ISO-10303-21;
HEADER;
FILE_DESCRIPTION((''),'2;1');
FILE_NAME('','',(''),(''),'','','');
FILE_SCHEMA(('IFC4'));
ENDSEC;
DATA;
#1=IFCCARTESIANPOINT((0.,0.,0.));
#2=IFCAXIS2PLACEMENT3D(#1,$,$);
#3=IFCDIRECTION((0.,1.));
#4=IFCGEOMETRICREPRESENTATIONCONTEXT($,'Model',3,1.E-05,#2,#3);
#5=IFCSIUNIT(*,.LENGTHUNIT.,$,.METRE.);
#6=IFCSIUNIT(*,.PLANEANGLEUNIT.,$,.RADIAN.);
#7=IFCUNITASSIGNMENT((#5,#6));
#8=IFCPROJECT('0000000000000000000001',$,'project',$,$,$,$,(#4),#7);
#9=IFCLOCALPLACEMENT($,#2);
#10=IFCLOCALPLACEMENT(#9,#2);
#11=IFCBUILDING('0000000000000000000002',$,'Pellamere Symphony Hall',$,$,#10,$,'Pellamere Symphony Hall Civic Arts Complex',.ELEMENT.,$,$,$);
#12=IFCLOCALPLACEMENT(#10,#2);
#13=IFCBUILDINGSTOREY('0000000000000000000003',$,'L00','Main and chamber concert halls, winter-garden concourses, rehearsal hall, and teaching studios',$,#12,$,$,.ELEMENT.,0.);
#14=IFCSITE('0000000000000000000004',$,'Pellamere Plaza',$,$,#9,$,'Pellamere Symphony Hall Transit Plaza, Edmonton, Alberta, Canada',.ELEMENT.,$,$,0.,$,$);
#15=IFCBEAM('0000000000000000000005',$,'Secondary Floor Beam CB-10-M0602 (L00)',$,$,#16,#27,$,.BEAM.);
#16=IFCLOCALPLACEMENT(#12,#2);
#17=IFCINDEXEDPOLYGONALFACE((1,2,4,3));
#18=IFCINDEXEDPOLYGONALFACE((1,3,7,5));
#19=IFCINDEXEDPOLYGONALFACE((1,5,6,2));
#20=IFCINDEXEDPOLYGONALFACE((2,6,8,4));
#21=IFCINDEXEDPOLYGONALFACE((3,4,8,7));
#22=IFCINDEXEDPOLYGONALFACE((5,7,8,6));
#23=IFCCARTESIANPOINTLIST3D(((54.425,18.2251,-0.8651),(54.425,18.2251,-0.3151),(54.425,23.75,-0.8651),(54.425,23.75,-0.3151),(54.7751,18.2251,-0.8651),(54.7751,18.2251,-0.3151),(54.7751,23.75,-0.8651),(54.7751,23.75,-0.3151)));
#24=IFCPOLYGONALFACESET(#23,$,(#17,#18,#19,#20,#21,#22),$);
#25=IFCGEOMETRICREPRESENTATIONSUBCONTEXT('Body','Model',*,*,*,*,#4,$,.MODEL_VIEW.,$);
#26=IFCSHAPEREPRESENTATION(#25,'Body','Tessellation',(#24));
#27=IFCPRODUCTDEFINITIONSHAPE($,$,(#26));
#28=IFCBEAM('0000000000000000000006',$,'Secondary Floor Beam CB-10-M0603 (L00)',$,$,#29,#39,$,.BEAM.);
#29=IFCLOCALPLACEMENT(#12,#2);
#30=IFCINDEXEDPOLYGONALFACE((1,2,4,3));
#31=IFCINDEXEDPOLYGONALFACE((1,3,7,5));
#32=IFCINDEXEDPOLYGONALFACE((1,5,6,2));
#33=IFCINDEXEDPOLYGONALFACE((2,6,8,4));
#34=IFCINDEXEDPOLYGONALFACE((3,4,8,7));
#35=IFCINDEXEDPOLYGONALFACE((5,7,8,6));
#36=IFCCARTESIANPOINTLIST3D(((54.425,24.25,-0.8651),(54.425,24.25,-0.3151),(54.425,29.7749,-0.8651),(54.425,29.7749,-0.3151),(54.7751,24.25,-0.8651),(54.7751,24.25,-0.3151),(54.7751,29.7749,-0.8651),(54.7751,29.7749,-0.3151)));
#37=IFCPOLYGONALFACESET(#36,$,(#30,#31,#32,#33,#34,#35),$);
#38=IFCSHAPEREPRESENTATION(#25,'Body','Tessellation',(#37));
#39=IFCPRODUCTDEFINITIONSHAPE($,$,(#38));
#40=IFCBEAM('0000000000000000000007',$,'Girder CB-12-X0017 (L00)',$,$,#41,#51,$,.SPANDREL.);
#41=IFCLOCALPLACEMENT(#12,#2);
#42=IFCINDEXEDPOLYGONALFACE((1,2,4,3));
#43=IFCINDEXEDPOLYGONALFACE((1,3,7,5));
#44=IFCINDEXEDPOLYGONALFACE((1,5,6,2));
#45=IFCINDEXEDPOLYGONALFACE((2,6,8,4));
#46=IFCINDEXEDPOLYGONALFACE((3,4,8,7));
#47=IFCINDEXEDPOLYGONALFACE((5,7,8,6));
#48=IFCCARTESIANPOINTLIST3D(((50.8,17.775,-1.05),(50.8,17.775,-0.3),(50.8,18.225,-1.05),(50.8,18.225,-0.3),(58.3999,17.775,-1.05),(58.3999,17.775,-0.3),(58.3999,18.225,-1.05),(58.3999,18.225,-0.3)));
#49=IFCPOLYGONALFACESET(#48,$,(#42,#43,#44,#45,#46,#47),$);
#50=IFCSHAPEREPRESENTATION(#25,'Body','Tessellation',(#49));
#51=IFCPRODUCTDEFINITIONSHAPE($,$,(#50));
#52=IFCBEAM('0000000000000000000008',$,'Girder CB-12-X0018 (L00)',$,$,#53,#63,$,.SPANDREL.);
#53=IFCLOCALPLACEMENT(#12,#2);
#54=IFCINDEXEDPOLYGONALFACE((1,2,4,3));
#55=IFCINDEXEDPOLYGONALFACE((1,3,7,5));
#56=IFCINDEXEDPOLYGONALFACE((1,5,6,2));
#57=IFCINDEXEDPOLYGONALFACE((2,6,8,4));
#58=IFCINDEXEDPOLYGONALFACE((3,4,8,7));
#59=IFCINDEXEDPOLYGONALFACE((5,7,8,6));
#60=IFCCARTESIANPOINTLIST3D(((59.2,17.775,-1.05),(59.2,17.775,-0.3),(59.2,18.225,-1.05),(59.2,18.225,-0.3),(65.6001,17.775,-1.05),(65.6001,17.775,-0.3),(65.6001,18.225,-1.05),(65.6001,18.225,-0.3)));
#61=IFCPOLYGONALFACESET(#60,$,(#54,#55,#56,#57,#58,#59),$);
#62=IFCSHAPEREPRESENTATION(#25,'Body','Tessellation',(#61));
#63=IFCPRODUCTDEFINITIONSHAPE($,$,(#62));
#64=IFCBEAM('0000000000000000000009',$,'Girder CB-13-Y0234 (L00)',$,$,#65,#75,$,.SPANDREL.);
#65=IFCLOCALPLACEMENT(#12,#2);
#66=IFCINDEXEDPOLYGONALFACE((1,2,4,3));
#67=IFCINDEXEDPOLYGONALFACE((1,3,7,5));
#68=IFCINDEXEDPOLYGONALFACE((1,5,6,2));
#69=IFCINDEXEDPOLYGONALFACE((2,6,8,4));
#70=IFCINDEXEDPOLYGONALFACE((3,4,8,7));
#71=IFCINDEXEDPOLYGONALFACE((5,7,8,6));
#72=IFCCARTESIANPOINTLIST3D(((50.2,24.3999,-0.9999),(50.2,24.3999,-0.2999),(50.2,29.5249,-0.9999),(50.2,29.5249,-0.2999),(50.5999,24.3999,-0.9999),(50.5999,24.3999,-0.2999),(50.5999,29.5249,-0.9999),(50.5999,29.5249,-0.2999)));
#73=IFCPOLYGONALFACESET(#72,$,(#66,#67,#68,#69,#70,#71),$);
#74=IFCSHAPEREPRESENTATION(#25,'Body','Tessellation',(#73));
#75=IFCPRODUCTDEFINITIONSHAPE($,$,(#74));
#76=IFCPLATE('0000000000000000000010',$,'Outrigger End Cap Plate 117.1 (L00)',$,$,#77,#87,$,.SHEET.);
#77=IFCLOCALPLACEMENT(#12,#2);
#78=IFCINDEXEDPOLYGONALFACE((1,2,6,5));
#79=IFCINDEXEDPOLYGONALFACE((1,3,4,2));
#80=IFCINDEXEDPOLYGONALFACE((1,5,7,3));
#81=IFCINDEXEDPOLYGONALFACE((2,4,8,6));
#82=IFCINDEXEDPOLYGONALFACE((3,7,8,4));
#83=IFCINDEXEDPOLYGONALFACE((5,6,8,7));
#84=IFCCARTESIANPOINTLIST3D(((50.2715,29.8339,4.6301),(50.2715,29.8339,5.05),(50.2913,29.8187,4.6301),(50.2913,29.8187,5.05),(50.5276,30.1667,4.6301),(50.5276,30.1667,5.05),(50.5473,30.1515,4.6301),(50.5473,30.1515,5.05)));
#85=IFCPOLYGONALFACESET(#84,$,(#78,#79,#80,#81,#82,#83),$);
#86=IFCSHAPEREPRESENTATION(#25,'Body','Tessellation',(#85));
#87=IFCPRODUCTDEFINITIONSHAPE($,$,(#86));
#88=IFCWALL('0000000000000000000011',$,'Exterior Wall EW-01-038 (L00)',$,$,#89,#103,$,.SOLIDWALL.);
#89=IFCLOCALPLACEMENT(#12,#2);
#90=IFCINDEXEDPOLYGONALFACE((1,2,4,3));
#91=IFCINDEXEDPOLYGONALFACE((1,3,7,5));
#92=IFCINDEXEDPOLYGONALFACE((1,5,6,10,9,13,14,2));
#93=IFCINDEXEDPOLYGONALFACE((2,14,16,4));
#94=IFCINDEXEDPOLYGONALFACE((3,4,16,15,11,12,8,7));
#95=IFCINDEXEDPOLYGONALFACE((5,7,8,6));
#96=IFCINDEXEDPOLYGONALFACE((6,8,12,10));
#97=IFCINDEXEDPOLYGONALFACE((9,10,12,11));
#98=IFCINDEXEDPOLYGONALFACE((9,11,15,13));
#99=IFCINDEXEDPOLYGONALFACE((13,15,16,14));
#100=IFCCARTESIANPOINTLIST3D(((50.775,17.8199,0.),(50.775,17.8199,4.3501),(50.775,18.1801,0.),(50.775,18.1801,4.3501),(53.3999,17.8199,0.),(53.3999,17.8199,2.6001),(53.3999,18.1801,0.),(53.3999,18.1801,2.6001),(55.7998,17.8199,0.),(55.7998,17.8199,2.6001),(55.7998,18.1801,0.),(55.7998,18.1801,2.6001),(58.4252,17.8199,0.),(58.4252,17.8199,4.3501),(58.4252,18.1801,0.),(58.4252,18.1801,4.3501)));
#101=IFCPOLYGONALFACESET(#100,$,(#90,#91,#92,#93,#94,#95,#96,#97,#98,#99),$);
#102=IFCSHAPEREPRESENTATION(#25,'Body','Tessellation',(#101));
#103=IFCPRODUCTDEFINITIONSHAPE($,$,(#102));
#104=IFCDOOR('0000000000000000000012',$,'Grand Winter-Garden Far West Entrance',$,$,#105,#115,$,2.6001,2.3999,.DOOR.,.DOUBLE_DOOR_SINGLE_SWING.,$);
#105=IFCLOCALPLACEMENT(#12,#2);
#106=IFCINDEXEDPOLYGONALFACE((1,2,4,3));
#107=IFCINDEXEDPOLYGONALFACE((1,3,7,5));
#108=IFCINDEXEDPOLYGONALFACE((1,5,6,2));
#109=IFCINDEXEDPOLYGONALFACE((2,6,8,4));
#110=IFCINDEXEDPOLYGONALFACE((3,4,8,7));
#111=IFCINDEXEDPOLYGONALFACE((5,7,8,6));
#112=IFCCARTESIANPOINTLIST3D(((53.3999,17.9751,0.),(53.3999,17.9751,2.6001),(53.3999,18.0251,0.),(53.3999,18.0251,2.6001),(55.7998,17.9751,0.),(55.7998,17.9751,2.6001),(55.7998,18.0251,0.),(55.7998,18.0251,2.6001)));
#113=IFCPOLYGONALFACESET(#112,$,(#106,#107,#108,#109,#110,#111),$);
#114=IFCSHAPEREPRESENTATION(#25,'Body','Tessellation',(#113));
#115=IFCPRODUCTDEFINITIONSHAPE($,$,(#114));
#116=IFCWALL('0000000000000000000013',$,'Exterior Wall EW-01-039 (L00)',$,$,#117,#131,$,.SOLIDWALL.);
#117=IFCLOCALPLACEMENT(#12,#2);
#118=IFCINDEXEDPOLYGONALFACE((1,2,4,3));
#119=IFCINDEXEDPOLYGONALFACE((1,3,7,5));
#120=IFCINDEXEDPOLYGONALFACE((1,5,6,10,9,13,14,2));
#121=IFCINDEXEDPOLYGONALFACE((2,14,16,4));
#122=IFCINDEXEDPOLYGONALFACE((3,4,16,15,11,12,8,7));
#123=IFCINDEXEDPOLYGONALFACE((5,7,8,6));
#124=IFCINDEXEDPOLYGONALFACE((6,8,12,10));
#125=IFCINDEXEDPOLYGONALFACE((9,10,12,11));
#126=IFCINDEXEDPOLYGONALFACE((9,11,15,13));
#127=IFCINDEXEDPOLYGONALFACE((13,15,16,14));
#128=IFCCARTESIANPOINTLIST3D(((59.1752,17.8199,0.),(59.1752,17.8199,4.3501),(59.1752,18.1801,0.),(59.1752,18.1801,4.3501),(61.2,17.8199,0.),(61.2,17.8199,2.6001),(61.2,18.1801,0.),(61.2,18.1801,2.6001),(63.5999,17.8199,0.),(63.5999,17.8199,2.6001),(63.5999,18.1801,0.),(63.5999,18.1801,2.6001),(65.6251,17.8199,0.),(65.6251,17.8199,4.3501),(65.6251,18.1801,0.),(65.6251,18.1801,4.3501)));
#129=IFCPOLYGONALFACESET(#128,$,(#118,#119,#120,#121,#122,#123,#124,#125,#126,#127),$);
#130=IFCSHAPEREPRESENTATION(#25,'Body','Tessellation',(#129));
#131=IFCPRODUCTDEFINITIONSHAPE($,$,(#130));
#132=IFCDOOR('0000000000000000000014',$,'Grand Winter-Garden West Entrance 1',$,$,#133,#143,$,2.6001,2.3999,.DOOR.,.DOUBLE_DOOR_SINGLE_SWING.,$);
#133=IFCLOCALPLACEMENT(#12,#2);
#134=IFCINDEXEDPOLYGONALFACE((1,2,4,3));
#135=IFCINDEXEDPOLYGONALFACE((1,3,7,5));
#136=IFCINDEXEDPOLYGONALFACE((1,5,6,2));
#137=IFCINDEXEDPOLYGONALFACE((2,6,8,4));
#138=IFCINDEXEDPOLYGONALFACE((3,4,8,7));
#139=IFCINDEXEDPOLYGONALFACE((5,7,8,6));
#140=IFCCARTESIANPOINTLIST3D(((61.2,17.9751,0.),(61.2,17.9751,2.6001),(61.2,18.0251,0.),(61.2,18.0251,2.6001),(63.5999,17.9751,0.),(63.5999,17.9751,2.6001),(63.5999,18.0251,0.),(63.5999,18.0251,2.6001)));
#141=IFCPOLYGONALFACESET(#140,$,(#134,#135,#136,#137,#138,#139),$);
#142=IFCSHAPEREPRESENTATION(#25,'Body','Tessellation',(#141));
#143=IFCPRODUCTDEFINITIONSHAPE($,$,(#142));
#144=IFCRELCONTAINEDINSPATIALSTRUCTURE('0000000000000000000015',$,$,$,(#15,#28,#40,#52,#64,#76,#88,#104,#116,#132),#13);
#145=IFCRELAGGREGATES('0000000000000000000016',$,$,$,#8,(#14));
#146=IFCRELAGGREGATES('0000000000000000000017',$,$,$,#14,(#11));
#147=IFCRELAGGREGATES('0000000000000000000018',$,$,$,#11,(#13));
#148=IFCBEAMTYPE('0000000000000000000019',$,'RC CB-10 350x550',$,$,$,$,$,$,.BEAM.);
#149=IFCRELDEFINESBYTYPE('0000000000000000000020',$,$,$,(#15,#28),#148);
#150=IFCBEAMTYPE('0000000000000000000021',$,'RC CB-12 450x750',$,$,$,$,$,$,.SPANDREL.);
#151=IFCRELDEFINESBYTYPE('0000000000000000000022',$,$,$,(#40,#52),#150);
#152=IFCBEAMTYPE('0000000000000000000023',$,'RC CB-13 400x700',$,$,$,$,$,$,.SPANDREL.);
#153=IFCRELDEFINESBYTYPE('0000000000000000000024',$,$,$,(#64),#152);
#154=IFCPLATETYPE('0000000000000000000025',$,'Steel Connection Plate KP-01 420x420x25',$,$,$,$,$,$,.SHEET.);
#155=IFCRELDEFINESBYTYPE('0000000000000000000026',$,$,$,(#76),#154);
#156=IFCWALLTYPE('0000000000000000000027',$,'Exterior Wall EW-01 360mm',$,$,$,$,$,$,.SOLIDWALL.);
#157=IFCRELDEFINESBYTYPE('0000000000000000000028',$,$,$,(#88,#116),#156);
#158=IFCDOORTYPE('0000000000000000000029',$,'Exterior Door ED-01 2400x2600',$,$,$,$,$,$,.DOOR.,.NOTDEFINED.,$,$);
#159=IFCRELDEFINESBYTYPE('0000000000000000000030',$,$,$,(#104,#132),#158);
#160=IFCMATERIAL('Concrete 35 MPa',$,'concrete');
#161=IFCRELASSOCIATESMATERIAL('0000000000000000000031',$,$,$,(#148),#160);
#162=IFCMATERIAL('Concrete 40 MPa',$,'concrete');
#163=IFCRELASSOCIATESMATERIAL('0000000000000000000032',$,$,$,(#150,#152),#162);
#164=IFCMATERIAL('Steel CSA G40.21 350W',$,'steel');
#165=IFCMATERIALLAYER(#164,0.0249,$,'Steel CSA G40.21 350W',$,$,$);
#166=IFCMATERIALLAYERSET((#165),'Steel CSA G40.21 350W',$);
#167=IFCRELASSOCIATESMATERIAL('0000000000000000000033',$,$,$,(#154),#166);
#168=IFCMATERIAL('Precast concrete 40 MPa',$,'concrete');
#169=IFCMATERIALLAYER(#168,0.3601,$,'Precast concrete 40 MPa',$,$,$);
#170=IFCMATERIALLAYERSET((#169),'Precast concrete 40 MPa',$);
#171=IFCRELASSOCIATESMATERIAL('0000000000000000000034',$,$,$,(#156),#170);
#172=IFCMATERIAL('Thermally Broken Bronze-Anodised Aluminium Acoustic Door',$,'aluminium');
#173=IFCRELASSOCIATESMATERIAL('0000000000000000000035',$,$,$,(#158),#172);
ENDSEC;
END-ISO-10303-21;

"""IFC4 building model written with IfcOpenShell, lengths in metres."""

from ifc_helpers import new_model, si_unit, direction, frame, frame_2d, origin, origin_2d, place, context, subcontext, project, spatial, rectangle, extrude, material, layer, layer_set, material_profile, profile_set, type_object, element, fill, save


model = new_model("IFC4")

# Units and contexts
model_context = context("Model", 3, precision=1e-05, world=origin(), true_north=direction((0.0, 1.0)))
body_context = subcontext(model_context, "Body", "Model", "MODEL_VIEW")
ifc_project = project(units=[si_unit("LENGTHUNIT", "METRE"), si_unit("PLANEANGLEUNIT", "RADIAN")], contexts=[model_context])

# Site, building, storey
site_placement = place(None, origin())
site = spatial("IfcSite", under=ifc_project, at=site_placement, Name="Pellamere Plaza", LongName="Pellamere Symphony Hall Transit Plaza, Edmonton, Alberta, Canada", CompositionType="ELEMENT", RefElevation=0.0)
building_placement = place(site_placement, origin())
building = spatial("IfcBuilding", under=site, at=building_placement, Name="Pellamere Symphony Hall", LongName="Pellamere Symphony Hall Civic Arts Complex", CompositionType="ELEMENT")
storey_placement = place(building_placement, origin())
storey = spatial("IfcBuildingStorey", under=building, at=storey_placement, Name="L00", Description="Main and chamber concert halls, winter-garden concourses, rehearsal hall, and teaching studios", CompositionType="ELEMENT", Elevation=0.0)

# Shared definitions
ifc_material_1 = material(Name="Concrete 40 MPa", Category="concrete")

# Beams
ifc_material_2 = material(Name="Concrete 35 MPa", Category="concrete")
ifc_material_profile_1 = material_profile(ifc_material_2, rectangle(XDim=0.3501, YDim=0.55, at=origin_2d()), Name="RC 350x550")
ifc_profile_set_1 = profile_set([ifc_material_profile_1], Name="Concrete 35 MPa")
beam_type_1 = type_object("IfcBeamType", Name="RC CB-10 350x550", PredefinedType="BEAM", material=ifc_profile_set_1)
for number, where, z_axis, x_axis, name in (
    (1, (54.6001, 18.2251, -0.5901), (0.0, 1.0, 0.0), (-1.0, 0.0, 0.0), "Secondary Floor Beam CB-10-M0602 (L00)"),
    (2, (54.6001, 24.25, -0.5901), (0.0, 1.0, 0.0), (-1.0, 0.0, 0.0), "Secondary Floor Beam CB-10-M0603 (L00)"),
):
    element("IfcBeam", number, at=place(storey_placement, frame(where, z_axis=z_axis, x_axis=x_axis)), inside=storey, type_object=beam_type_1, Name=name, PredefinedType="BEAM", context=body_context, shape_type="SweptSolid", body=[
        extrude(rectangle(XDim=0.3501, YDim=0.55, at=origin_2d()), origin(), (0.0, 0.0, 1.0), 5.5249),
    ])
ifc_material_profile_2 = material_profile(ifc_material_1, rectangle(XDim=0.45, YDim=0.75, at=origin_2d()), Name="RC 450x750")
ifc_profile_set_2 = profile_set([ifc_material_profile_2], Name="Concrete 40 MPa")
beam_type_2 = type_object("IfcBeamType", Name="RC CB-12 450x750", PredefinedType="SPANDREL", material=ifc_profile_set_2)
beam_1_placement = place(storey_placement, frame((50.8, 18.0, -0.675), z_axis=(1.0, 0.0, 0.0), x_axis=(0.0, 1.0, 0.0)))
element("IfcBeam", 3, at=beam_1_placement, inside=storey, type_object=beam_type_2, Name="Girder CB-12-X0017 (L00)", PredefinedType="SPANDREL", context=body_context, shape_type="SweptSolid", body=[
    extrude(rectangle(XDim=0.45, YDim=0.75, at=origin_2d()), origin(), (0.0, 0.0, 1.0), 7.5999),
])
beam_2_placement = place(storey_placement, frame((59.2, 18.0, -0.675), z_axis=(1.0, 0.0, 0.0), x_axis=(0.0, 1.0, 0.0)))
element("IfcBeam", 4, at=beam_2_placement, inside=storey, type_object=beam_type_2, Name="Girder CB-12-X0018 (L00)", PredefinedType="SPANDREL", context=body_context, shape_type="SweptSolid", body=[
    extrude(rectangle(XDim=0.45, YDim=0.75, at=origin_2d()), origin(), (0.0, 0.0, 1.0), 6.4001),
])
ifc_material_profile_3 = material_profile(ifc_material_1, rectangle(XDim=0.3999, YDim=0.7, at=origin_2d()), Name="RC 400x700")
ifc_profile_set_3 = profile_set([ifc_material_profile_3], Name="Concrete 40 MPa")
beam_type_3 = type_object("IfcBeamType", Name="RC CB-13 400x700", PredefinedType="SPANDREL", material=ifc_profile_set_3)
beam_3_placement = place(storey_placement, frame((50.3999, 24.3999, -0.6499), z_axis=(0.0, 1.0, 0.0), x_axis=(-1.0, 0.0, 0.0)))
element("IfcBeam", 5, at=beam_3_placement, inside=storey, type_object=beam_type_3, Name="Girder CB-13-Y0234 (L00)", PredefinedType="SPANDREL", context=body_context, shape_type="SweptSolid", body=[
    extrude(rectangle(XDim=0.3999, YDim=0.7, at=origin_2d()), origin(), (0.0, 0.0, 1.0), 5.125),
])

# Plate
ifc_material_3 = material(Name="Steel CSA G40.21 350W", Category="steel")
ifc_layer_1 = layer(ifc_material_3, 0.0249, Name="Steel CSA G40.21 350W")
ifc_layer_set_1 = layer_set([ifc_layer_1], Name="Steel CSA G40.21 350W")
plate_type = type_object("IfcPlateType", Name="Steel Connection Plate KP-01 420x420x25", PredefinedType="SHEET", material=ifc_layer_set_1)
plate_placement = place(storey_placement, frame((50.4094, 29.9927, 4.6301), z_axis=(0.0, 0.0, 1.0), x_axis=(-0.792609, 0.60973, 0.0)))
element("IfcPlate", 6, at=plate_placement, inside=storey, type_object=plate_type, Name="Outrigger End Cap Plate 117.1 (L00)", PredefinedType="SHEET", context=body_context, shape_type="SweptSolid", body=[
    extrude(rectangle(XDim=0.0249, YDim=0.4199, at=origin_2d()), origin(), (0.0, 0.0, 1.0), 0.4199),
])

# Walls, openings, doors
ifc_material_4 = material(Name="Precast concrete 40 MPa", Category="concrete")
ifc_layer_2 = layer(ifc_material_4, 0.3601, Name="Precast concrete 40 MPa")
ifc_layer_set_2 = layer_set([ifc_layer_2], Name="Precast concrete 40 MPa")
wall_type = type_object("IfcWallType", Name="Exterior Wall EW-01 360mm", PredefinedType="SOLIDWALL", material=ifc_layer_set_2)
wall_1_placement = place(storey_placement, frame((50.7749, 18.0, 0.0), z_axis=(0.0, 0.0, 1.0), x_axis=(1.0, 0.0, 0.0)))
wall_1 = element("IfcWall", 7, at=wall_1_placement, inside=storey, type_object=wall_type, Name="Exterior Wall EW-01-038 (L00)", PredefinedType="SOLIDWALL", context=body_context, shape_type="SweptSolid", body=[
    extrude(rectangle(XDim=7.6501, YDim=0.3601, at=frame_2d((3.8252, 0.0))), origin(), (0.0, 0.0, 1.0), 4.3501),
])
opening_1_placement = place(wall_1_placement, frame((2.625, 0.0, 0.0)))
opening_1 = element("IfcOpeningElement", 8, at=opening_1_placement, cuts=wall_1, PredefinedType="OPENING", context=body_context, shape_type="SweptSolid", body=[
    extrude(rectangle(XDim=2.3999, YDim=2.6001, at=frame_2d((1.2, 1.3))), frame((0.0, 0.1899, 0.0), z_axis=(0.0, -1.0, 0.0), x_axis=(1.0, 0.0, 0.0)), (0.0, 0.0, 1.0), 0.3801),
])
ifc_material_5 = material(Name="Thermally Broken Bronze-Anodised Aluminium Acoustic Door", Category="aluminium")
door_type = type_object("IfcDoorType", Name="Exterior Door ED-01 2400x2600", OperationType="NOTDEFINED", PredefinedType="DOOR", material=ifc_material_5)
door_1_placement = place(opening_1_placement, frame((2.3999, 0.0, 0.0), z_axis=(0.0, 0.0, 1.0), x_axis=(-1.0, 0.0, 0.0)))
door_1 = element("IfcDoor", 9, at=door_1_placement, inside=storey, type_object=door_type, Name="Grand Winter-Garden Far West Entrance", OperationType="DOUBLE_DOOR_SINGLE_SWING", OverallHeight=2.6001, OverallWidth=2.3999, PredefinedType="DOOR", context=body_context, shape_type="SweptSolid", body=[
    extrude(rectangle(XDim=2.3999, YDim=2.6001, at=frame_2d((1.2, 1.3))), frame((0.0, 0.0249, 0.0), z_axis=(0.0, -1.0, 0.0), x_axis=(1.0, 0.0, 0.0)), (0.0, 0.0, 1.0), 0.05),
])
fill(opening_1, door_1)
wall_2_placement = place(storey_placement, frame((59.175, 18.0, 0.0), z_axis=(0.0, 0.0, 1.0), x_axis=(1.0, 0.0, 0.0)))
wall_2 = element("IfcWall", 10, at=wall_2_placement, inside=storey, type_object=wall_type, Name="Exterior Wall EW-01-039 (L00)", PredefinedType="SOLIDWALL", context=body_context, shape_type="SweptSolid", body=[
    extrude(rectangle(XDim=6.45, YDim=0.3601, at=frame_2d((3.2251, 0.0))), origin(), (0.0, 0.0, 1.0), 4.3501),
])
opening_2_placement = place(wall_2_placement, frame((2.0249, 0.0, 0.0)))
opening_2 = element("IfcOpeningElement", 11, at=opening_2_placement, cuts=wall_2, PredefinedType="OPENING", context=body_context, shape_type="SweptSolid", body=[
    extrude(rectangle(XDim=2.3999, YDim=2.6001, at=frame_2d((1.2, 1.3))), frame((0.0, 0.1899, 0.0), z_axis=(0.0, -1.0, 0.0), x_axis=(1.0, 0.0, 0.0)), (0.0, 0.0, 1.0), 0.3801),
])
door_2_placement = place(opening_2_placement, frame((2.3999, 0.0, 0.0), z_axis=(0.0, 0.0, 1.0), x_axis=(-1.0, 0.0, 0.0)))
door_2 = element("IfcDoor", 12, at=door_2_placement, inside=storey, type_object=door_type, Name="Grand Winter-Garden West Entrance 1", OperationType="DOUBLE_DOOR_SINGLE_SWING", OverallHeight=2.6001, OverallWidth=2.3999, PredefinedType="DOOR", context=body_context, shape_type="SweptSolid", body=[
    extrude(rectangle(XDim=2.3999, YDim=2.6001, at=frame_2d((1.2, 1.3))), frame((0.0, 0.0249, 0.0), z_axis=(0.0, -1.0, 0.0), x_axis=(1.0, 0.0, 0.0)), (0.0, 0.0, 1.0), 0.05),
])
fill(opening_2, door_2)

save(model, "model.ifc")
